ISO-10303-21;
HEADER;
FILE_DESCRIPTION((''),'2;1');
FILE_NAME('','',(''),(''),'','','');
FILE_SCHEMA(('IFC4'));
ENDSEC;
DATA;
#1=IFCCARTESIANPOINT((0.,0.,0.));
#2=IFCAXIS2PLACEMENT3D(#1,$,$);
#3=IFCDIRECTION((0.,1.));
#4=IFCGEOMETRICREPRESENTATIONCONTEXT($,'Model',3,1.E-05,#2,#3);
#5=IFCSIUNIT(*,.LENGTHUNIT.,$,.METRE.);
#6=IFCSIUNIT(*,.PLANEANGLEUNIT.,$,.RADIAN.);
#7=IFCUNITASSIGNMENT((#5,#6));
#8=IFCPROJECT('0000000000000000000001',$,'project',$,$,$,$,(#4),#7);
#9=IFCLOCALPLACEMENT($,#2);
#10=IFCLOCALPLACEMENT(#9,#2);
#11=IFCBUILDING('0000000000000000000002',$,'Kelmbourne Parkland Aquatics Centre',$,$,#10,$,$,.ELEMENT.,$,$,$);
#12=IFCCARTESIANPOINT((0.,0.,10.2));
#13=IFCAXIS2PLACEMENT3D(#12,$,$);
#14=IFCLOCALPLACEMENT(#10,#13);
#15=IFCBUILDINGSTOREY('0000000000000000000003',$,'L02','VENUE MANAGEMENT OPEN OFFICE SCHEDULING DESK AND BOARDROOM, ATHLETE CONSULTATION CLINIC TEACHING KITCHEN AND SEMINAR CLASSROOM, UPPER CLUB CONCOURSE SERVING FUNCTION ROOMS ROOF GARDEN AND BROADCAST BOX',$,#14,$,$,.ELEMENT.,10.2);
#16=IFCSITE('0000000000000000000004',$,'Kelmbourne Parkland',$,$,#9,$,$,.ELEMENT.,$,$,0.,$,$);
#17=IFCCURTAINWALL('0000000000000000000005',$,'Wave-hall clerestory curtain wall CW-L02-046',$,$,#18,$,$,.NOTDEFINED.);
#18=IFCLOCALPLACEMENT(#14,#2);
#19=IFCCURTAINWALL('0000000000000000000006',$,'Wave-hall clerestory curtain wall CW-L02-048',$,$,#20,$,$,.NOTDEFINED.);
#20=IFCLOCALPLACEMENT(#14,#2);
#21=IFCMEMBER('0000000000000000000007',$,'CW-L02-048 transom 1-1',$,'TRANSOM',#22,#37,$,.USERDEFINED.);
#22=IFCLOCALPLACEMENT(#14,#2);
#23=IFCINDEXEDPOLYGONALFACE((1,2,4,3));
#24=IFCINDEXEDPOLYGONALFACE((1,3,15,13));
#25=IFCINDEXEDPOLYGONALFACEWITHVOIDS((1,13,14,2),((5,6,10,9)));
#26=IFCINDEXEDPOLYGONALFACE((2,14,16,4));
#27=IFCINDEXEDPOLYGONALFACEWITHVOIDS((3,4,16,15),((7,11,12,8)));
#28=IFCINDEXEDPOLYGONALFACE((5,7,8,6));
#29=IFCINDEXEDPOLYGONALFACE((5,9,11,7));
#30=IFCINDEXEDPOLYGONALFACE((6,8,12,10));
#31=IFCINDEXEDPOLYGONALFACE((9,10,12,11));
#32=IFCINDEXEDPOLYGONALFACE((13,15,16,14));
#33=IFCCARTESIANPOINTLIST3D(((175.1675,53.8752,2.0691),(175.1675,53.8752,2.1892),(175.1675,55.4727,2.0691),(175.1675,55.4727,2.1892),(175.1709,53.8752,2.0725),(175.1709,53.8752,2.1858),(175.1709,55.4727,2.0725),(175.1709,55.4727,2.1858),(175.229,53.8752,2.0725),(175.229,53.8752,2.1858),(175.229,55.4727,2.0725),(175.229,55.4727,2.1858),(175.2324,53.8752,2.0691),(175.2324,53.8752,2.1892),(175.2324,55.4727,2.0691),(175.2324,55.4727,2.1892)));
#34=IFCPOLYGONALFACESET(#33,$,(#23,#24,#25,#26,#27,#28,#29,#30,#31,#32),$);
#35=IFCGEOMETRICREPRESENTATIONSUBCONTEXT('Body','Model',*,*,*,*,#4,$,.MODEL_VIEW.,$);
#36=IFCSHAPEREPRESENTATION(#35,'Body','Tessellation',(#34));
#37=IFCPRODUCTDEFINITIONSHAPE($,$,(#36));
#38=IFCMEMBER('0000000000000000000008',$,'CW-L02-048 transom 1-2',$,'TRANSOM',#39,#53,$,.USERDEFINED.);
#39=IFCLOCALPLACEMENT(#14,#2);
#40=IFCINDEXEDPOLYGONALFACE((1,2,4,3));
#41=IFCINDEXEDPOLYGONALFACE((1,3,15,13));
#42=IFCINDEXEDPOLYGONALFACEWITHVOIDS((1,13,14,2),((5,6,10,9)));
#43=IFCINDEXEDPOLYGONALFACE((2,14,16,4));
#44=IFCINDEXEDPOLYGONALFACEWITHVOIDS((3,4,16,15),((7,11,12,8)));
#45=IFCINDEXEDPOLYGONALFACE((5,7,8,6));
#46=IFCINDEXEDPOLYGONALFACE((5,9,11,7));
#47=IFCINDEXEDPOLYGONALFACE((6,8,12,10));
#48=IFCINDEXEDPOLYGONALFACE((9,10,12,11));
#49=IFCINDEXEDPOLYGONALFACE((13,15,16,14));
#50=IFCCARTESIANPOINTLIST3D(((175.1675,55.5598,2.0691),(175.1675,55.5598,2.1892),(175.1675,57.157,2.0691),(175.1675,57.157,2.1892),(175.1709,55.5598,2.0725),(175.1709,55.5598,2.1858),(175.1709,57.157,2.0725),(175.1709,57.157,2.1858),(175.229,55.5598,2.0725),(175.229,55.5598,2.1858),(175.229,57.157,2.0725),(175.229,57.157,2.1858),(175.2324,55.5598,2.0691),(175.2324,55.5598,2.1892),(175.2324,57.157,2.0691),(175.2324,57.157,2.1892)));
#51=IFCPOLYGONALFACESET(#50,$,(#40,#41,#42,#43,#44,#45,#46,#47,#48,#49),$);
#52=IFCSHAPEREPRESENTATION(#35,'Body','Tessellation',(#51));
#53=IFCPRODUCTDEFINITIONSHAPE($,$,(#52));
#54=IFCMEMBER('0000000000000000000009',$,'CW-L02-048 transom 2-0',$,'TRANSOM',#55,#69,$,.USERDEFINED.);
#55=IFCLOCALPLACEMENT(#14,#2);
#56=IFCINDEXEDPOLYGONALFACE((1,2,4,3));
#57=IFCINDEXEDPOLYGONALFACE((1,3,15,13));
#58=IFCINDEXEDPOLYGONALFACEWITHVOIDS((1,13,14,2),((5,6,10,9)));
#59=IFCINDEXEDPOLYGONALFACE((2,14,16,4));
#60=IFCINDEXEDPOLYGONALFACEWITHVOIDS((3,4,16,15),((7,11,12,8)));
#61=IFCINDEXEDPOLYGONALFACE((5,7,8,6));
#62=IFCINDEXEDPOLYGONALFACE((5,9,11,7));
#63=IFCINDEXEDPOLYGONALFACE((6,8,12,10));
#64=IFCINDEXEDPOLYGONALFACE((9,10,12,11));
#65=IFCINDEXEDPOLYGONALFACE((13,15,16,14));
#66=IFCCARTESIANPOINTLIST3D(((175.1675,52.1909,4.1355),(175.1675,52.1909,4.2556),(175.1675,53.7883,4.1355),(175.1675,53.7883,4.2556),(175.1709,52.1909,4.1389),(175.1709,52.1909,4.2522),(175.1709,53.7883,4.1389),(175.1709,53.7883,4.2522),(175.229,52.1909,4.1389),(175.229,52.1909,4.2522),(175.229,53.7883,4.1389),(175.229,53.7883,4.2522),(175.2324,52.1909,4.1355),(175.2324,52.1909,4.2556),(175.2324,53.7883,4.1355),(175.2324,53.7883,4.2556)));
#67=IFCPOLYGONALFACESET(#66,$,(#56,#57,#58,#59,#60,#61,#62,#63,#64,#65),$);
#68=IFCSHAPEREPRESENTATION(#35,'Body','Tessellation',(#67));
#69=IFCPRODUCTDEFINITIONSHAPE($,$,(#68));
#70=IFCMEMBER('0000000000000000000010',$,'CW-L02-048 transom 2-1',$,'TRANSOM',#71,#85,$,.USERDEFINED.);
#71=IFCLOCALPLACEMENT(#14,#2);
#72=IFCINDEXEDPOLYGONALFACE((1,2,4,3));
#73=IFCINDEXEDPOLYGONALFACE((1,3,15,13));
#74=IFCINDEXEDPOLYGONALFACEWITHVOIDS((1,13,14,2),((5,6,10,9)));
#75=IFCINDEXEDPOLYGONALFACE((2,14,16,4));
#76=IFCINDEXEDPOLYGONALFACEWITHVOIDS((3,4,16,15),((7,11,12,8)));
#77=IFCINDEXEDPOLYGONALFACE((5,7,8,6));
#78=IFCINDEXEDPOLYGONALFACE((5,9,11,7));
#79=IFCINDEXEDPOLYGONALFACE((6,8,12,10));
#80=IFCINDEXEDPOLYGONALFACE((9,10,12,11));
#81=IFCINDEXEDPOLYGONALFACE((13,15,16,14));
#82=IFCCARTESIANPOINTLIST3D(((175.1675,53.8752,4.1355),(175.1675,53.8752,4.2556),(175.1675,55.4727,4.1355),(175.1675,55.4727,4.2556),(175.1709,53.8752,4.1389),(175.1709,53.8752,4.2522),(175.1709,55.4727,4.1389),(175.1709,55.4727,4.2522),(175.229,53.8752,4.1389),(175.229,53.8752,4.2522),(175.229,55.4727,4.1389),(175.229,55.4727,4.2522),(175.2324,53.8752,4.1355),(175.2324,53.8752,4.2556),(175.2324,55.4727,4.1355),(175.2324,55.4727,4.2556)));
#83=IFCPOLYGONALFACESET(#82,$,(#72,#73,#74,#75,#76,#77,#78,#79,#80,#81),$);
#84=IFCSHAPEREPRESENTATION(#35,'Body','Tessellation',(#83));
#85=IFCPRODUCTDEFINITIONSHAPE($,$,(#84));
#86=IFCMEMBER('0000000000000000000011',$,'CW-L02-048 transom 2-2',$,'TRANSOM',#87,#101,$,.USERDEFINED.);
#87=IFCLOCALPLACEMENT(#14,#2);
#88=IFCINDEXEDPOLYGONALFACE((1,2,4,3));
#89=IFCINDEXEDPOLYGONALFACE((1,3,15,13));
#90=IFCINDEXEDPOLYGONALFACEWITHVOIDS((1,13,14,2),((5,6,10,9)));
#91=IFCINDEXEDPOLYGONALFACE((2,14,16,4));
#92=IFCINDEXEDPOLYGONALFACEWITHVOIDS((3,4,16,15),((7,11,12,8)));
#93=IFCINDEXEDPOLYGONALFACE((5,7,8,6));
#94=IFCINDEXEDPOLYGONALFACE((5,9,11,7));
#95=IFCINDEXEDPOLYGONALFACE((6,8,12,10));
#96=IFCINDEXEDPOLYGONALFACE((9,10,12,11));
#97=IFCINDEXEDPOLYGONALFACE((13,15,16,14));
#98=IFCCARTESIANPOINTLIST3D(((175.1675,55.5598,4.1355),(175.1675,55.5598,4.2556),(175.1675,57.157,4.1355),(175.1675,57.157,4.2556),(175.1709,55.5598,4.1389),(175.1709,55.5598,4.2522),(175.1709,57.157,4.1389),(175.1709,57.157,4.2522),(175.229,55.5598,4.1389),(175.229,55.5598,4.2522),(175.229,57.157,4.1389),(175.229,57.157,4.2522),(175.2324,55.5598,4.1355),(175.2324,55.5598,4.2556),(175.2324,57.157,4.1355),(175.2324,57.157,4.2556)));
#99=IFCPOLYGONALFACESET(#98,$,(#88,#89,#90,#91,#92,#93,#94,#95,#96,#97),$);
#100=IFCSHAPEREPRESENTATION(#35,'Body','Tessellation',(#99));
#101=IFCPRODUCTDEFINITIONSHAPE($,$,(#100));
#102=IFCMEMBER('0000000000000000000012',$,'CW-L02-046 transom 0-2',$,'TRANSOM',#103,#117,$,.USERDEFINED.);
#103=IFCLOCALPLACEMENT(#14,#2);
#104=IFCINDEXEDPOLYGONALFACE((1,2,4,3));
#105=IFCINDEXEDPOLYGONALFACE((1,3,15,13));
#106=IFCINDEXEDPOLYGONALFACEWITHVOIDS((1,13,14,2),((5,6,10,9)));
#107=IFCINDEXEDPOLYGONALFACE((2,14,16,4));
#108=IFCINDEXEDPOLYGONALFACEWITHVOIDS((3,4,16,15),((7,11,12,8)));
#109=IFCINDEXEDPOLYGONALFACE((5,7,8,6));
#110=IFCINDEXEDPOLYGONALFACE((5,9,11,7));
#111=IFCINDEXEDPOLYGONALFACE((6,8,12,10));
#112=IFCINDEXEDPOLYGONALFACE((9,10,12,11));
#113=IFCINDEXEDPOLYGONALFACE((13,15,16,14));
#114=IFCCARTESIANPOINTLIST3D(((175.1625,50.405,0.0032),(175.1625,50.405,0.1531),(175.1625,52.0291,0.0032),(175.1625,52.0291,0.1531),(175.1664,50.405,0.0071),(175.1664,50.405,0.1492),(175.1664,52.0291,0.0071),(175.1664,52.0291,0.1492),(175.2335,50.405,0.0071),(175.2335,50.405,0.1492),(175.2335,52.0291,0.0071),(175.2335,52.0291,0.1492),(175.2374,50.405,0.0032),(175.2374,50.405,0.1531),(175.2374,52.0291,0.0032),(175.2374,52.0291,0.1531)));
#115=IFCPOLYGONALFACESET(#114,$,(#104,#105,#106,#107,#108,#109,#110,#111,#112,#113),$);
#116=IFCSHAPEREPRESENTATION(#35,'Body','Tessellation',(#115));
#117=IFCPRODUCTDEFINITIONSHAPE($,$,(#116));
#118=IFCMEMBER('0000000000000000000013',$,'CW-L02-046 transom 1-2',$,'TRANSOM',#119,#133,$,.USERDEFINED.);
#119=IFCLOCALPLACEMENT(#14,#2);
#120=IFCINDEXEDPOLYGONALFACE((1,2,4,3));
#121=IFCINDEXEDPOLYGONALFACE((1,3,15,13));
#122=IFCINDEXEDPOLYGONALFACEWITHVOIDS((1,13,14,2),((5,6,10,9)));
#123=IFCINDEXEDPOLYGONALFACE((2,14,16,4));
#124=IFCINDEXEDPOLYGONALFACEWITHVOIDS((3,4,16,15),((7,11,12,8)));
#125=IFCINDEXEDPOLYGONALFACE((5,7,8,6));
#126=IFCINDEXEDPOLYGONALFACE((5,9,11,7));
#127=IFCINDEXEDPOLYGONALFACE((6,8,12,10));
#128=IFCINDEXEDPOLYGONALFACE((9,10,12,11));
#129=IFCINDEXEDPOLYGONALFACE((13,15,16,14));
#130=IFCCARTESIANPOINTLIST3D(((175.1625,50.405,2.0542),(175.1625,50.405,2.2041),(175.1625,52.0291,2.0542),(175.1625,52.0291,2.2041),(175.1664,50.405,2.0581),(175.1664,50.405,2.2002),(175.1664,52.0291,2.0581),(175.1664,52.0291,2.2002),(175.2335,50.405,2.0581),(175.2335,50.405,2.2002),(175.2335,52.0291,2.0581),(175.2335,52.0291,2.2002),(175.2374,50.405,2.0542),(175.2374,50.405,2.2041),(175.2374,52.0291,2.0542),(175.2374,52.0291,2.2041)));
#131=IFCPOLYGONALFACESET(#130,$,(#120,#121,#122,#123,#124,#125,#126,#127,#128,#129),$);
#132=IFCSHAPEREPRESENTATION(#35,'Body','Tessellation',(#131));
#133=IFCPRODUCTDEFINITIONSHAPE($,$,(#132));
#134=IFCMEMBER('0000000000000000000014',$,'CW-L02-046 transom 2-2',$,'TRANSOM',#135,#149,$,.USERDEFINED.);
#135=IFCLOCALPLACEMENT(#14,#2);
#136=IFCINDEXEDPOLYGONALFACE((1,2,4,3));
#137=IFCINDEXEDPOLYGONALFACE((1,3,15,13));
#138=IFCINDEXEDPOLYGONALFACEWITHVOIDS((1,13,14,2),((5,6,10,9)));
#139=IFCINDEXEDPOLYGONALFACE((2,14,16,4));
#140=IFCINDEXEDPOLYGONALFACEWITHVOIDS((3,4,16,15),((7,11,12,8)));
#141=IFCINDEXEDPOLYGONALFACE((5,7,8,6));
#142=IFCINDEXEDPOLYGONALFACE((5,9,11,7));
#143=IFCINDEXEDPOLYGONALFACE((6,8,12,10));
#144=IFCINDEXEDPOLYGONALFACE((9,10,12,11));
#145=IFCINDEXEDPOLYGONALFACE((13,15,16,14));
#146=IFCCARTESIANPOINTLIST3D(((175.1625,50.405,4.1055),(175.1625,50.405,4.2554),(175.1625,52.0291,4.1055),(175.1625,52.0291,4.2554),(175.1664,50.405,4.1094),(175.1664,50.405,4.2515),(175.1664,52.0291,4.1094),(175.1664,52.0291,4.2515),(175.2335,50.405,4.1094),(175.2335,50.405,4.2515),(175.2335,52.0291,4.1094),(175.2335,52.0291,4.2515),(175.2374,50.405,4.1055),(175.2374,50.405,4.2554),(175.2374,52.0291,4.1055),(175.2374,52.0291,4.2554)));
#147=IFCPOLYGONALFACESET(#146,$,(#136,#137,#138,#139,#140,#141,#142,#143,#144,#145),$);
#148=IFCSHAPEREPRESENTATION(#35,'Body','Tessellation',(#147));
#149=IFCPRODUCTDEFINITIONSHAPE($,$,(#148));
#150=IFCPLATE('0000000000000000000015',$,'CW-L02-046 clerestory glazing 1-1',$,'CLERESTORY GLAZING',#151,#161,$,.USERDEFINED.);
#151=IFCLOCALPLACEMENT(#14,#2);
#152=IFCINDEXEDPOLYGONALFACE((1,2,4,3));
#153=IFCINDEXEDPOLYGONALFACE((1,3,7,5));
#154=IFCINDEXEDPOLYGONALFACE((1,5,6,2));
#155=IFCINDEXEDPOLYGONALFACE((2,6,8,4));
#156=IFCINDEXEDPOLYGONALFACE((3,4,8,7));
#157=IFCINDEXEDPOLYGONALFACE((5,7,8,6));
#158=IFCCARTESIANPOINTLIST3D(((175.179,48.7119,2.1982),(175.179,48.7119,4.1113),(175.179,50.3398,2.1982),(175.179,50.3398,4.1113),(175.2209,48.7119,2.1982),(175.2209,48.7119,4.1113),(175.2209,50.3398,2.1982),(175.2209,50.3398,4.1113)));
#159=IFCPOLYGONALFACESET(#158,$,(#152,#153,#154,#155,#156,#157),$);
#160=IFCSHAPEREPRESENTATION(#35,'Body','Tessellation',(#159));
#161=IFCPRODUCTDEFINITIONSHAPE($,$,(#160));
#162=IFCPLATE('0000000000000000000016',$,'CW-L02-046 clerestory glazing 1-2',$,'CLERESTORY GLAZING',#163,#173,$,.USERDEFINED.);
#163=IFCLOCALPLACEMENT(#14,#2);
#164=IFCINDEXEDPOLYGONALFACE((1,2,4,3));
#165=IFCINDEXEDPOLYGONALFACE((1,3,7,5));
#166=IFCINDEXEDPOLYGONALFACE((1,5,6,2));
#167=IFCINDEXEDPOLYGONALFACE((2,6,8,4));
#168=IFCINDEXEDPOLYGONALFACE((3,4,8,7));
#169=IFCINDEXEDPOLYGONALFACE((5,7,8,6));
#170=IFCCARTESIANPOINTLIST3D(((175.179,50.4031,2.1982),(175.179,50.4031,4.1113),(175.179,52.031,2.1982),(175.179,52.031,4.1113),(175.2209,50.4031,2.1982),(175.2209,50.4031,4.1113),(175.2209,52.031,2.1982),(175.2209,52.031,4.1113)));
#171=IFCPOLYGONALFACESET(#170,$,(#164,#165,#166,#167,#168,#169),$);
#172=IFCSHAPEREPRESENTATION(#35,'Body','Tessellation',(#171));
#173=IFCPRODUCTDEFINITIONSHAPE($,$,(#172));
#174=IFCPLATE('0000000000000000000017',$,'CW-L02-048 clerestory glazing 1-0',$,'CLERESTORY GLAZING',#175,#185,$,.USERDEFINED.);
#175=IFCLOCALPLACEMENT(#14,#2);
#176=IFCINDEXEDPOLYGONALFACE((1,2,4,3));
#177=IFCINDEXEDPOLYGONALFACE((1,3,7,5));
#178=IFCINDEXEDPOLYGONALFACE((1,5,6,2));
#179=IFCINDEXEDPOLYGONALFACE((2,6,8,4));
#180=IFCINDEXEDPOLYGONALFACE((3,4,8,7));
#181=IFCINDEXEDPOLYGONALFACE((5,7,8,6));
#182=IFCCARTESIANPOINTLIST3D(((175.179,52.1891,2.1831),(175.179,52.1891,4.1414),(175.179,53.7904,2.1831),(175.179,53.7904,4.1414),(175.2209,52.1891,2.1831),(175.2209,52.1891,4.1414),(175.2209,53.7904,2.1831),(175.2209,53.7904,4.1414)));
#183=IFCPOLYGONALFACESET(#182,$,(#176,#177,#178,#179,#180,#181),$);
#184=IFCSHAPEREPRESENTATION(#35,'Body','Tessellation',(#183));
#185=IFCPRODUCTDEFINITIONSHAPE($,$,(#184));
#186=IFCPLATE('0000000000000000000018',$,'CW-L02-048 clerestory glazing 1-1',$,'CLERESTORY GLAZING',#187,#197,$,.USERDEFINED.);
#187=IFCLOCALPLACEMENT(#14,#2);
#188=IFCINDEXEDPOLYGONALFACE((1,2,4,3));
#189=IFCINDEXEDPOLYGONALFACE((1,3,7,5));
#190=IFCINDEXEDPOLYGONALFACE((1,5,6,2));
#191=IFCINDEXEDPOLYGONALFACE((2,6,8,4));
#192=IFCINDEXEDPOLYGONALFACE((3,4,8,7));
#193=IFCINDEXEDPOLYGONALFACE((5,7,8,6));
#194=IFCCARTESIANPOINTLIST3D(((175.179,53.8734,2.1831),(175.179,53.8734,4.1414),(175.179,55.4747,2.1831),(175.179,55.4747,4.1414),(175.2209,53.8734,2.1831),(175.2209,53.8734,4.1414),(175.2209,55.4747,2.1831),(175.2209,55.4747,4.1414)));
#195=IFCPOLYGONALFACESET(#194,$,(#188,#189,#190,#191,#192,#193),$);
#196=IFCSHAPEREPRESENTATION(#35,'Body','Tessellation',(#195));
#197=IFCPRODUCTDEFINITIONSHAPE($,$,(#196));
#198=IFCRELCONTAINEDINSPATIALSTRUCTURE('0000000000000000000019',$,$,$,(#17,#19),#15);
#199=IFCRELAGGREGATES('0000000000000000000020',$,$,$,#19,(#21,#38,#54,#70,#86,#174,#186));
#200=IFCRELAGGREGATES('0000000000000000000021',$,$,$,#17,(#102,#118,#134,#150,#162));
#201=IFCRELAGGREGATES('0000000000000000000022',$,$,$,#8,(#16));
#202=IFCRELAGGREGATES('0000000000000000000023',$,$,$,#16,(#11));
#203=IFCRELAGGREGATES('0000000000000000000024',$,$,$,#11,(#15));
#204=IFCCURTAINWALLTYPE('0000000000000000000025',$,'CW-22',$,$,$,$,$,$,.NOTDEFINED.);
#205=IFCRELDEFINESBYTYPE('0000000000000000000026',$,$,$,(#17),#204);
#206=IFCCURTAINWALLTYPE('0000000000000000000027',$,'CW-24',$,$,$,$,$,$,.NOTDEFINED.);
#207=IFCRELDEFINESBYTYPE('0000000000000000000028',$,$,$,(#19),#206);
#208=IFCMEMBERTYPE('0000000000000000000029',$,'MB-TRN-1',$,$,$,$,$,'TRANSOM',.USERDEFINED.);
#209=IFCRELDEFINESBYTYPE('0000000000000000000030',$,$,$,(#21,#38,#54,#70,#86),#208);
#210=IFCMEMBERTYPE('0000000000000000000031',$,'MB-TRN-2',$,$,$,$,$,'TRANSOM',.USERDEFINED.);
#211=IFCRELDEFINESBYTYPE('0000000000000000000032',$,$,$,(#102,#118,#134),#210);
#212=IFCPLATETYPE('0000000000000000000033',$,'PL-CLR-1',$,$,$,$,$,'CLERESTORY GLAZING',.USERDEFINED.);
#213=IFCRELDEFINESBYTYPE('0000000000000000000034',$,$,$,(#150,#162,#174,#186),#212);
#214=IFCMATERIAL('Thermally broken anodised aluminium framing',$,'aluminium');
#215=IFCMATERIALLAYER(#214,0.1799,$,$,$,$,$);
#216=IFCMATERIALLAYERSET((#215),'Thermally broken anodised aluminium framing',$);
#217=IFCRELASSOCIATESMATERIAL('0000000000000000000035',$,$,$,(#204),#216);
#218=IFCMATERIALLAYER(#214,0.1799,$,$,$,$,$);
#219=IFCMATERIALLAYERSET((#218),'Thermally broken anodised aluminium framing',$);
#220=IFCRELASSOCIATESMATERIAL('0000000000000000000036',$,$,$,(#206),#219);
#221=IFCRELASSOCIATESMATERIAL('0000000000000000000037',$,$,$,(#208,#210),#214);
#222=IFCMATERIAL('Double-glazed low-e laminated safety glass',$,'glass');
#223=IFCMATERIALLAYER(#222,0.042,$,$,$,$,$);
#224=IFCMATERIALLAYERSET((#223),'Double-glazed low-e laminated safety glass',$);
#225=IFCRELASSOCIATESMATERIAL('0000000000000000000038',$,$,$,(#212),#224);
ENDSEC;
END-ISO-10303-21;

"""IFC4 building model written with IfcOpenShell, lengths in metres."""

from ifc_helpers import new_model, si_unit, direction, frame, origin, origin_2d, place, context, subcontext, project, spatial, rectangle, hollow_rectangle, extrude, material, layer, layer_set, material_profile, profile_set, type_object, element, aggregate, save


model = new_model("IFC4")

# Units and contexts
model_context = context("Model", 3, precision=1e-05, world=origin(), true_north=direction((0.0, 1.0)))
body_context = subcontext(model_context, "Body", "Model", "MODEL_VIEW")
ifc_project = project(units=[si_unit("LENGTHUNIT", "METRE"), si_unit("PLANEANGLEUNIT", "RADIAN")], contexts=[model_context])

# Site, building, storey
site_placement = place(None, origin())
site = spatial("IfcSite", under=ifc_project, at=site_placement, Name="Kelmbourne Parkland", CompositionType="ELEMENT", RefElevation=0.0)
building_placement = place(site_placement, origin())
building = spatial("IfcBuilding", under=site, at=building_placement, Name="Kelmbourne Parkland Aquatics Centre", CompositionType="ELEMENT")
storey_placement = place(building_placement, frame((0.0, 0.0, 10.2)))
storey = spatial("IfcBuildingStorey", under=building, at=storey_placement, Name="L02", Description="VENUE MANAGEMENT OPEN OFFICE SCHEDULING DESK AND BOARDROOM, ATHLETE CONSULTATION CLINIC TEACHING KITCHEN AND SEMINAR CLASSROOM, UPPER CLUB CONCOURSE SERVING FUNCTION ROOMS ROOF GARDEN AND BROADCAST BOX", CompositionType="ELEMENT", Elevation=10.2)

# Curtain walls, members
ifc_material_1 = material(Name="Thermally broken anodised aluminium framing", Category="aluminium")
ifc_layer_1 = layer(ifc_material_1, 0.1799)
ifc_layer_set_1 = layer_set([ifc_layer_1], Name="Thermally broken anodised aluminium framing")
curtain_wall_type_1 = type_object("IfcCurtainWallType", Name="CW-22", PredefinedType="NOTDEFINED", material=ifc_layer_set_1)
curtain_wall_1_placement = place(storey_placement, origin())
curtain_wall_1 = element("IfcCurtainWall", 1, at=curtain_wall_1_placement, inside=storey, type_object=curtain_wall_type_1, Name="Wave-hall clerestory curtain wall CW-L02-046", PredefinedType="NOTDEFINED")
ifc_layer_2 = layer(ifc_material_1, 0.1799)
ifc_layer_set_2 = layer_set([ifc_layer_2], Name="Thermally broken anodised aluminium framing")
curtain_wall_type_2 = type_object("IfcCurtainWallType", Name="CW-24", PredefinedType="NOTDEFINED", material=ifc_layer_set_2)
curtain_wall_2_placement = place(storey_placement, origin())
curtain_wall_2 = element("IfcCurtainWall", 2, at=curtain_wall_2_placement, inside=storey, type_object=curtain_wall_type_2, Name="Wave-hall clerestory curtain wall CW-L02-048", PredefinedType="NOTDEFINED")
ifc_material_profile_1 = material_profile(ifc_material_1, hollow_rectangle(XDim=0.0649, YDim=0.1201, WallThickness=0.0034, at=origin_2d()), Name="CW-T 65x120")
ifc_profile_set_1 = profile_set([ifc_material_profile_1], Name="Thermally broken anodised aluminium framing")
member_type_1 = type_object("IfcMemberType", Name="MB-TRN-1", ElementType="TRANSOM", PredefinedType="USERDEFINED", material=ifc_profile_set_1)
member_1_placement = place(storey_placement, frame((175.2, 53.8752, 2.1292), z_axis=(0.0, 1.0, 0.0), x_axis=(-1.0, 0.0, 0.0)))
member_1 = element("IfcMember", 3, at=member_1_placement, type_object=member_type_1, Name="CW-L02-048 transom 1-1", ObjectType="TRANSOM", PredefinedType="USERDEFINED", context=body_context, shape_type="SweptSolid", body=[
    extrude(hollow_rectangle(XDim=0.0649, YDim=0.1201, WallThickness=0.0034, at=origin_2d()), origin(), (0.0, 0.0, 1.0), 1.5974),
])
member_2_placement = place(storey_placement, frame((175.2, 55.5598, 2.1292), z_axis=(0.0, 1.0, 0.0), x_axis=(-1.0, 0.0, 0.0)))
member_2 = element("IfcMember", 4, at=member_2_placement, type_object=member_type_1, Name="CW-L02-048 transom 1-2", ObjectType="TRANSOM", PredefinedType="USERDEFINED", context=body_context, shape_type="SweptSolid", body=[
    extrude(hollow_rectangle(XDim=0.0649, YDim=0.1201, WallThickness=0.0034, at=origin_2d()), origin(), (0.0, 0.0, 1.0), 1.5972),
])
member_3_placement = place(storey_placement, frame((175.2, 52.1909, 4.1956), z_axis=(0.0, 1.0, 0.0), x_axis=(-1.0, 0.0, 0.0)))
member_3 = element("IfcMember", 5, at=member_3_placement, type_object=member_type_1, Name="CW-L02-048 transom 2-0", ObjectType="TRANSOM", PredefinedType="USERDEFINED", context=body_context, shape_type="SweptSolid", body=[
    extrude(hollow_rectangle(XDim=0.0649, YDim=0.1201, WallThickness=0.0034, at=origin_2d()), origin(), (0.0, 0.0, 1.0), 1.5974),
])
member_4_placement = place(storey_placement, frame((175.2, 53.8752, 4.1956), z_axis=(0.0, 1.0, 0.0), x_axis=(-1.0, 0.0, 0.0)))
member_4 = element("IfcMember", 6, at=member_4_placement, type_object=member_type_1, Name="CW-L02-048 transom 2-1", ObjectType="TRANSOM", PredefinedType="USERDEFINED", context=body_context, shape_type="SweptSolid", body=[
    extrude(hollow_rectangle(XDim=0.0649, YDim=0.1201, WallThickness=0.0034, at=origin_2d()), origin(), (0.0, 0.0, 1.0), 1.5974),
])
member_5_placement = place(storey_placement, frame((175.2, 55.5598, 4.1956), z_axis=(0.0, 1.0, 0.0), x_axis=(-1.0, 0.0, 0.0)))
member_5 = element("IfcMember", 7, at=member_5_placement, type_object=member_type_1, Name="CW-L02-048 transom 2-2", ObjectType="TRANSOM", PredefinedType="USERDEFINED", context=body_context, shape_type="SweptSolid", body=[
    extrude(hollow_rectangle(XDim=0.0649, YDim=0.1201, WallThickness=0.0034, at=origin_2d()), origin(), (0.0, 0.0, 1.0), 1.5972),
])

# Members
ifc_material_profile_2 = material_profile(ifc_material_1, hollow_rectangle(XDim=0.075, YDim=0.1499, WallThickness=0.0039, at=origin_2d()), Name="CW-T 75x150")
ifc_profile_set_2 = profile_set([ifc_material_profile_2], Name="Thermally broken anodised aluminium framing")
member_type_2 = type_object("IfcMemberType", Name="MB-TRN-2", ElementType="TRANSOM", PredefinedType="USERDEFINED", material=ifc_profile_set_2)
member_6_placement = place(storey_placement, frame((175.2, 50.405, 0.0781), z_axis=(0.0, 1.0, 0.0), x_axis=(-1.0, 0.0, 0.0)))
member_6 = element("IfcMember", 8, at=member_6_placement, type_object=member_type_2, Name="CW-L02-046 transom 0-2", ObjectType="TRANSOM", PredefinedType="USERDEFINED", context=body_context, shape_type="SweptSolid", body=[
    extrude(hollow_rectangle(XDim=0.075, YDim=0.1499, WallThickness=0.0039, at=origin_2d()), origin(), (0.0, 0.0, 1.0), 1.624),
])
member_7_placement = place(storey_placement, frame((175.2, 50.405, 2.1292), z_axis=(0.0, 1.0, 0.0), x_axis=(-1.0, 0.0, 0.0)))
member_7 = element("IfcMember", 9, at=member_7_placement, type_object=member_type_2, Name="CW-L02-046 transom 1-2", ObjectType="TRANSOM", PredefinedType="USERDEFINED", context=body_context, shape_type="SweptSolid", body=[
    extrude(hollow_rectangle(XDim=0.075, YDim=0.1499, WallThickness=0.0039, at=origin_2d()), origin(), (0.0, 0.0, 1.0), 1.624),
])
member_8_placement = place(storey_placement, frame((175.2, 50.405, 4.1804), z_axis=(0.0, 1.0, 0.0), x_axis=(-1.0, 0.0, 0.0)))
member_8 = element("IfcMember", 10, at=member_8_placement, type_object=member_type_2, Name="CW-L02-046 transom 2-2", ObjectType="TRANSOM", PredefinedType="USERDEFINED", context=body_context, shape_type="SweptSolid", body=[
    extrude(hollow_rectangle(XDim=0.075, YDim=0.1499, WallThickness=0.0039, at=origin_2d()), origin(), (0.0, 0.0, 1.0), 1.624),
])

# Plates
ifc_material_2 = material(Name="Double-glazed low-e laminated safety glass", Category="glass")
ifc_layer_3 = layer(ifc_material_2, 0.042)
ifc_layer_set_3 = layer_set([ifc_layer_3], Name="Double-glazed low-e laminated safety glass")
plate_type_1 = type_object("IfcPlateType", Name="PL-CLR-1", ElementType="CLERESTORY GLAZING", PredefinedType="USERDEFINED", material=ifc_layer_set_3)
plate_1_placement = place(storey_placement, frame((175.2, 49.5259, 2.1982), z_axis=(0.0, 0.0, 1.0), x_axis=(0.0, 1.0, 0.0)))
plate_1 = element("IfcPlate", 11, at=plate_1_placement, type_object=plate_type_1, Name="CW-L02-046 clerestory glazing 1-1", ObjectType="CLERESTORY GLAZING", PredefinedType="USERDEFINED", context=body_context, shape_type="SweptSolid", body=[
    extrude(rectangle(XDim=1.6279, YDim=0.042, at=origin_2d()), origin(), (0.0, 0.0, 1.0), 1.9131),
])
plate_2_placement = place(storey_placement, frame((175.2, 51.217, 2.1982), z_axis=(0.0, 0.0, 1.0), x_axis=(0.0, 1.0, 0.0)))
plate_2 = element("IfcPlate", 12, at=plate_2_placement, type_object=plate_type_1, Name="CW-L02-046 clerestory glazing 1-2", ObjectType="CLERESTORY GLAZING", PredefinedType="USERDEFINED", context=body_context, shape_type="SweptSolid", body=[
    extrude(rectangle(XDim=1.6279, YDim=0.042, at=origin_2d()), origin(), (0.0, 0.0, 1.0), 1.9131),
])
plate_3_placement = place(storey_placement, frame((175.2, 52.9897, 2.1831), z_axis=(0.0, 0.0, 1.0), x_axis=(0.0, 1.0, 0.0)))
plate_3 = element("IfcPlate", 13, at=plate_3_placement, type_object=plate_type_1, Name="CW-L02-048 clerestory glazing 1-0", ObjectType="CLERESTORY GLAZING", PredefinedType="USERDEFINED", context=body_context, shape_type="SweptSolid", body=[
    extrude(rectangle(XDim=1.6013, YDim=0.042, at=origin_2d()), origin(), (0.0, 0.0, 1.0), 1.9583),
])
plate_4_placement = place(storey_placement, frame((175.2, 54.6741, 2.1831), z_axis=(0.0, 0.0, 1.0), x_axis=(0.0, 1.0, 0.0)))
plate_4 = element("IfcPlate", 14, at=plate_4_placement, type_object=plate_type_1, Name="CW-L02-048 clerestory glazing 1-1", ObjectType="CLERESTORY GLAZING", PredefinedType="USERDEFINED", context=body_context, shape_type="SweptSolid", body=[
    extrude(rectangle(XDim=1.6013, YDim=0.042, at=origin_2d()), origin(), (0.0, 0.0, 1.0), 1.9583),
])
aggregate(curtain_wall_2, [member_1, member_2, member_3, member_4, member_5, plate_3, plate_4])
aggregate(curtain_wall_1, [member_6, member_7, member_8, plate_1, plate_2])

save(model, "model.ifc")
